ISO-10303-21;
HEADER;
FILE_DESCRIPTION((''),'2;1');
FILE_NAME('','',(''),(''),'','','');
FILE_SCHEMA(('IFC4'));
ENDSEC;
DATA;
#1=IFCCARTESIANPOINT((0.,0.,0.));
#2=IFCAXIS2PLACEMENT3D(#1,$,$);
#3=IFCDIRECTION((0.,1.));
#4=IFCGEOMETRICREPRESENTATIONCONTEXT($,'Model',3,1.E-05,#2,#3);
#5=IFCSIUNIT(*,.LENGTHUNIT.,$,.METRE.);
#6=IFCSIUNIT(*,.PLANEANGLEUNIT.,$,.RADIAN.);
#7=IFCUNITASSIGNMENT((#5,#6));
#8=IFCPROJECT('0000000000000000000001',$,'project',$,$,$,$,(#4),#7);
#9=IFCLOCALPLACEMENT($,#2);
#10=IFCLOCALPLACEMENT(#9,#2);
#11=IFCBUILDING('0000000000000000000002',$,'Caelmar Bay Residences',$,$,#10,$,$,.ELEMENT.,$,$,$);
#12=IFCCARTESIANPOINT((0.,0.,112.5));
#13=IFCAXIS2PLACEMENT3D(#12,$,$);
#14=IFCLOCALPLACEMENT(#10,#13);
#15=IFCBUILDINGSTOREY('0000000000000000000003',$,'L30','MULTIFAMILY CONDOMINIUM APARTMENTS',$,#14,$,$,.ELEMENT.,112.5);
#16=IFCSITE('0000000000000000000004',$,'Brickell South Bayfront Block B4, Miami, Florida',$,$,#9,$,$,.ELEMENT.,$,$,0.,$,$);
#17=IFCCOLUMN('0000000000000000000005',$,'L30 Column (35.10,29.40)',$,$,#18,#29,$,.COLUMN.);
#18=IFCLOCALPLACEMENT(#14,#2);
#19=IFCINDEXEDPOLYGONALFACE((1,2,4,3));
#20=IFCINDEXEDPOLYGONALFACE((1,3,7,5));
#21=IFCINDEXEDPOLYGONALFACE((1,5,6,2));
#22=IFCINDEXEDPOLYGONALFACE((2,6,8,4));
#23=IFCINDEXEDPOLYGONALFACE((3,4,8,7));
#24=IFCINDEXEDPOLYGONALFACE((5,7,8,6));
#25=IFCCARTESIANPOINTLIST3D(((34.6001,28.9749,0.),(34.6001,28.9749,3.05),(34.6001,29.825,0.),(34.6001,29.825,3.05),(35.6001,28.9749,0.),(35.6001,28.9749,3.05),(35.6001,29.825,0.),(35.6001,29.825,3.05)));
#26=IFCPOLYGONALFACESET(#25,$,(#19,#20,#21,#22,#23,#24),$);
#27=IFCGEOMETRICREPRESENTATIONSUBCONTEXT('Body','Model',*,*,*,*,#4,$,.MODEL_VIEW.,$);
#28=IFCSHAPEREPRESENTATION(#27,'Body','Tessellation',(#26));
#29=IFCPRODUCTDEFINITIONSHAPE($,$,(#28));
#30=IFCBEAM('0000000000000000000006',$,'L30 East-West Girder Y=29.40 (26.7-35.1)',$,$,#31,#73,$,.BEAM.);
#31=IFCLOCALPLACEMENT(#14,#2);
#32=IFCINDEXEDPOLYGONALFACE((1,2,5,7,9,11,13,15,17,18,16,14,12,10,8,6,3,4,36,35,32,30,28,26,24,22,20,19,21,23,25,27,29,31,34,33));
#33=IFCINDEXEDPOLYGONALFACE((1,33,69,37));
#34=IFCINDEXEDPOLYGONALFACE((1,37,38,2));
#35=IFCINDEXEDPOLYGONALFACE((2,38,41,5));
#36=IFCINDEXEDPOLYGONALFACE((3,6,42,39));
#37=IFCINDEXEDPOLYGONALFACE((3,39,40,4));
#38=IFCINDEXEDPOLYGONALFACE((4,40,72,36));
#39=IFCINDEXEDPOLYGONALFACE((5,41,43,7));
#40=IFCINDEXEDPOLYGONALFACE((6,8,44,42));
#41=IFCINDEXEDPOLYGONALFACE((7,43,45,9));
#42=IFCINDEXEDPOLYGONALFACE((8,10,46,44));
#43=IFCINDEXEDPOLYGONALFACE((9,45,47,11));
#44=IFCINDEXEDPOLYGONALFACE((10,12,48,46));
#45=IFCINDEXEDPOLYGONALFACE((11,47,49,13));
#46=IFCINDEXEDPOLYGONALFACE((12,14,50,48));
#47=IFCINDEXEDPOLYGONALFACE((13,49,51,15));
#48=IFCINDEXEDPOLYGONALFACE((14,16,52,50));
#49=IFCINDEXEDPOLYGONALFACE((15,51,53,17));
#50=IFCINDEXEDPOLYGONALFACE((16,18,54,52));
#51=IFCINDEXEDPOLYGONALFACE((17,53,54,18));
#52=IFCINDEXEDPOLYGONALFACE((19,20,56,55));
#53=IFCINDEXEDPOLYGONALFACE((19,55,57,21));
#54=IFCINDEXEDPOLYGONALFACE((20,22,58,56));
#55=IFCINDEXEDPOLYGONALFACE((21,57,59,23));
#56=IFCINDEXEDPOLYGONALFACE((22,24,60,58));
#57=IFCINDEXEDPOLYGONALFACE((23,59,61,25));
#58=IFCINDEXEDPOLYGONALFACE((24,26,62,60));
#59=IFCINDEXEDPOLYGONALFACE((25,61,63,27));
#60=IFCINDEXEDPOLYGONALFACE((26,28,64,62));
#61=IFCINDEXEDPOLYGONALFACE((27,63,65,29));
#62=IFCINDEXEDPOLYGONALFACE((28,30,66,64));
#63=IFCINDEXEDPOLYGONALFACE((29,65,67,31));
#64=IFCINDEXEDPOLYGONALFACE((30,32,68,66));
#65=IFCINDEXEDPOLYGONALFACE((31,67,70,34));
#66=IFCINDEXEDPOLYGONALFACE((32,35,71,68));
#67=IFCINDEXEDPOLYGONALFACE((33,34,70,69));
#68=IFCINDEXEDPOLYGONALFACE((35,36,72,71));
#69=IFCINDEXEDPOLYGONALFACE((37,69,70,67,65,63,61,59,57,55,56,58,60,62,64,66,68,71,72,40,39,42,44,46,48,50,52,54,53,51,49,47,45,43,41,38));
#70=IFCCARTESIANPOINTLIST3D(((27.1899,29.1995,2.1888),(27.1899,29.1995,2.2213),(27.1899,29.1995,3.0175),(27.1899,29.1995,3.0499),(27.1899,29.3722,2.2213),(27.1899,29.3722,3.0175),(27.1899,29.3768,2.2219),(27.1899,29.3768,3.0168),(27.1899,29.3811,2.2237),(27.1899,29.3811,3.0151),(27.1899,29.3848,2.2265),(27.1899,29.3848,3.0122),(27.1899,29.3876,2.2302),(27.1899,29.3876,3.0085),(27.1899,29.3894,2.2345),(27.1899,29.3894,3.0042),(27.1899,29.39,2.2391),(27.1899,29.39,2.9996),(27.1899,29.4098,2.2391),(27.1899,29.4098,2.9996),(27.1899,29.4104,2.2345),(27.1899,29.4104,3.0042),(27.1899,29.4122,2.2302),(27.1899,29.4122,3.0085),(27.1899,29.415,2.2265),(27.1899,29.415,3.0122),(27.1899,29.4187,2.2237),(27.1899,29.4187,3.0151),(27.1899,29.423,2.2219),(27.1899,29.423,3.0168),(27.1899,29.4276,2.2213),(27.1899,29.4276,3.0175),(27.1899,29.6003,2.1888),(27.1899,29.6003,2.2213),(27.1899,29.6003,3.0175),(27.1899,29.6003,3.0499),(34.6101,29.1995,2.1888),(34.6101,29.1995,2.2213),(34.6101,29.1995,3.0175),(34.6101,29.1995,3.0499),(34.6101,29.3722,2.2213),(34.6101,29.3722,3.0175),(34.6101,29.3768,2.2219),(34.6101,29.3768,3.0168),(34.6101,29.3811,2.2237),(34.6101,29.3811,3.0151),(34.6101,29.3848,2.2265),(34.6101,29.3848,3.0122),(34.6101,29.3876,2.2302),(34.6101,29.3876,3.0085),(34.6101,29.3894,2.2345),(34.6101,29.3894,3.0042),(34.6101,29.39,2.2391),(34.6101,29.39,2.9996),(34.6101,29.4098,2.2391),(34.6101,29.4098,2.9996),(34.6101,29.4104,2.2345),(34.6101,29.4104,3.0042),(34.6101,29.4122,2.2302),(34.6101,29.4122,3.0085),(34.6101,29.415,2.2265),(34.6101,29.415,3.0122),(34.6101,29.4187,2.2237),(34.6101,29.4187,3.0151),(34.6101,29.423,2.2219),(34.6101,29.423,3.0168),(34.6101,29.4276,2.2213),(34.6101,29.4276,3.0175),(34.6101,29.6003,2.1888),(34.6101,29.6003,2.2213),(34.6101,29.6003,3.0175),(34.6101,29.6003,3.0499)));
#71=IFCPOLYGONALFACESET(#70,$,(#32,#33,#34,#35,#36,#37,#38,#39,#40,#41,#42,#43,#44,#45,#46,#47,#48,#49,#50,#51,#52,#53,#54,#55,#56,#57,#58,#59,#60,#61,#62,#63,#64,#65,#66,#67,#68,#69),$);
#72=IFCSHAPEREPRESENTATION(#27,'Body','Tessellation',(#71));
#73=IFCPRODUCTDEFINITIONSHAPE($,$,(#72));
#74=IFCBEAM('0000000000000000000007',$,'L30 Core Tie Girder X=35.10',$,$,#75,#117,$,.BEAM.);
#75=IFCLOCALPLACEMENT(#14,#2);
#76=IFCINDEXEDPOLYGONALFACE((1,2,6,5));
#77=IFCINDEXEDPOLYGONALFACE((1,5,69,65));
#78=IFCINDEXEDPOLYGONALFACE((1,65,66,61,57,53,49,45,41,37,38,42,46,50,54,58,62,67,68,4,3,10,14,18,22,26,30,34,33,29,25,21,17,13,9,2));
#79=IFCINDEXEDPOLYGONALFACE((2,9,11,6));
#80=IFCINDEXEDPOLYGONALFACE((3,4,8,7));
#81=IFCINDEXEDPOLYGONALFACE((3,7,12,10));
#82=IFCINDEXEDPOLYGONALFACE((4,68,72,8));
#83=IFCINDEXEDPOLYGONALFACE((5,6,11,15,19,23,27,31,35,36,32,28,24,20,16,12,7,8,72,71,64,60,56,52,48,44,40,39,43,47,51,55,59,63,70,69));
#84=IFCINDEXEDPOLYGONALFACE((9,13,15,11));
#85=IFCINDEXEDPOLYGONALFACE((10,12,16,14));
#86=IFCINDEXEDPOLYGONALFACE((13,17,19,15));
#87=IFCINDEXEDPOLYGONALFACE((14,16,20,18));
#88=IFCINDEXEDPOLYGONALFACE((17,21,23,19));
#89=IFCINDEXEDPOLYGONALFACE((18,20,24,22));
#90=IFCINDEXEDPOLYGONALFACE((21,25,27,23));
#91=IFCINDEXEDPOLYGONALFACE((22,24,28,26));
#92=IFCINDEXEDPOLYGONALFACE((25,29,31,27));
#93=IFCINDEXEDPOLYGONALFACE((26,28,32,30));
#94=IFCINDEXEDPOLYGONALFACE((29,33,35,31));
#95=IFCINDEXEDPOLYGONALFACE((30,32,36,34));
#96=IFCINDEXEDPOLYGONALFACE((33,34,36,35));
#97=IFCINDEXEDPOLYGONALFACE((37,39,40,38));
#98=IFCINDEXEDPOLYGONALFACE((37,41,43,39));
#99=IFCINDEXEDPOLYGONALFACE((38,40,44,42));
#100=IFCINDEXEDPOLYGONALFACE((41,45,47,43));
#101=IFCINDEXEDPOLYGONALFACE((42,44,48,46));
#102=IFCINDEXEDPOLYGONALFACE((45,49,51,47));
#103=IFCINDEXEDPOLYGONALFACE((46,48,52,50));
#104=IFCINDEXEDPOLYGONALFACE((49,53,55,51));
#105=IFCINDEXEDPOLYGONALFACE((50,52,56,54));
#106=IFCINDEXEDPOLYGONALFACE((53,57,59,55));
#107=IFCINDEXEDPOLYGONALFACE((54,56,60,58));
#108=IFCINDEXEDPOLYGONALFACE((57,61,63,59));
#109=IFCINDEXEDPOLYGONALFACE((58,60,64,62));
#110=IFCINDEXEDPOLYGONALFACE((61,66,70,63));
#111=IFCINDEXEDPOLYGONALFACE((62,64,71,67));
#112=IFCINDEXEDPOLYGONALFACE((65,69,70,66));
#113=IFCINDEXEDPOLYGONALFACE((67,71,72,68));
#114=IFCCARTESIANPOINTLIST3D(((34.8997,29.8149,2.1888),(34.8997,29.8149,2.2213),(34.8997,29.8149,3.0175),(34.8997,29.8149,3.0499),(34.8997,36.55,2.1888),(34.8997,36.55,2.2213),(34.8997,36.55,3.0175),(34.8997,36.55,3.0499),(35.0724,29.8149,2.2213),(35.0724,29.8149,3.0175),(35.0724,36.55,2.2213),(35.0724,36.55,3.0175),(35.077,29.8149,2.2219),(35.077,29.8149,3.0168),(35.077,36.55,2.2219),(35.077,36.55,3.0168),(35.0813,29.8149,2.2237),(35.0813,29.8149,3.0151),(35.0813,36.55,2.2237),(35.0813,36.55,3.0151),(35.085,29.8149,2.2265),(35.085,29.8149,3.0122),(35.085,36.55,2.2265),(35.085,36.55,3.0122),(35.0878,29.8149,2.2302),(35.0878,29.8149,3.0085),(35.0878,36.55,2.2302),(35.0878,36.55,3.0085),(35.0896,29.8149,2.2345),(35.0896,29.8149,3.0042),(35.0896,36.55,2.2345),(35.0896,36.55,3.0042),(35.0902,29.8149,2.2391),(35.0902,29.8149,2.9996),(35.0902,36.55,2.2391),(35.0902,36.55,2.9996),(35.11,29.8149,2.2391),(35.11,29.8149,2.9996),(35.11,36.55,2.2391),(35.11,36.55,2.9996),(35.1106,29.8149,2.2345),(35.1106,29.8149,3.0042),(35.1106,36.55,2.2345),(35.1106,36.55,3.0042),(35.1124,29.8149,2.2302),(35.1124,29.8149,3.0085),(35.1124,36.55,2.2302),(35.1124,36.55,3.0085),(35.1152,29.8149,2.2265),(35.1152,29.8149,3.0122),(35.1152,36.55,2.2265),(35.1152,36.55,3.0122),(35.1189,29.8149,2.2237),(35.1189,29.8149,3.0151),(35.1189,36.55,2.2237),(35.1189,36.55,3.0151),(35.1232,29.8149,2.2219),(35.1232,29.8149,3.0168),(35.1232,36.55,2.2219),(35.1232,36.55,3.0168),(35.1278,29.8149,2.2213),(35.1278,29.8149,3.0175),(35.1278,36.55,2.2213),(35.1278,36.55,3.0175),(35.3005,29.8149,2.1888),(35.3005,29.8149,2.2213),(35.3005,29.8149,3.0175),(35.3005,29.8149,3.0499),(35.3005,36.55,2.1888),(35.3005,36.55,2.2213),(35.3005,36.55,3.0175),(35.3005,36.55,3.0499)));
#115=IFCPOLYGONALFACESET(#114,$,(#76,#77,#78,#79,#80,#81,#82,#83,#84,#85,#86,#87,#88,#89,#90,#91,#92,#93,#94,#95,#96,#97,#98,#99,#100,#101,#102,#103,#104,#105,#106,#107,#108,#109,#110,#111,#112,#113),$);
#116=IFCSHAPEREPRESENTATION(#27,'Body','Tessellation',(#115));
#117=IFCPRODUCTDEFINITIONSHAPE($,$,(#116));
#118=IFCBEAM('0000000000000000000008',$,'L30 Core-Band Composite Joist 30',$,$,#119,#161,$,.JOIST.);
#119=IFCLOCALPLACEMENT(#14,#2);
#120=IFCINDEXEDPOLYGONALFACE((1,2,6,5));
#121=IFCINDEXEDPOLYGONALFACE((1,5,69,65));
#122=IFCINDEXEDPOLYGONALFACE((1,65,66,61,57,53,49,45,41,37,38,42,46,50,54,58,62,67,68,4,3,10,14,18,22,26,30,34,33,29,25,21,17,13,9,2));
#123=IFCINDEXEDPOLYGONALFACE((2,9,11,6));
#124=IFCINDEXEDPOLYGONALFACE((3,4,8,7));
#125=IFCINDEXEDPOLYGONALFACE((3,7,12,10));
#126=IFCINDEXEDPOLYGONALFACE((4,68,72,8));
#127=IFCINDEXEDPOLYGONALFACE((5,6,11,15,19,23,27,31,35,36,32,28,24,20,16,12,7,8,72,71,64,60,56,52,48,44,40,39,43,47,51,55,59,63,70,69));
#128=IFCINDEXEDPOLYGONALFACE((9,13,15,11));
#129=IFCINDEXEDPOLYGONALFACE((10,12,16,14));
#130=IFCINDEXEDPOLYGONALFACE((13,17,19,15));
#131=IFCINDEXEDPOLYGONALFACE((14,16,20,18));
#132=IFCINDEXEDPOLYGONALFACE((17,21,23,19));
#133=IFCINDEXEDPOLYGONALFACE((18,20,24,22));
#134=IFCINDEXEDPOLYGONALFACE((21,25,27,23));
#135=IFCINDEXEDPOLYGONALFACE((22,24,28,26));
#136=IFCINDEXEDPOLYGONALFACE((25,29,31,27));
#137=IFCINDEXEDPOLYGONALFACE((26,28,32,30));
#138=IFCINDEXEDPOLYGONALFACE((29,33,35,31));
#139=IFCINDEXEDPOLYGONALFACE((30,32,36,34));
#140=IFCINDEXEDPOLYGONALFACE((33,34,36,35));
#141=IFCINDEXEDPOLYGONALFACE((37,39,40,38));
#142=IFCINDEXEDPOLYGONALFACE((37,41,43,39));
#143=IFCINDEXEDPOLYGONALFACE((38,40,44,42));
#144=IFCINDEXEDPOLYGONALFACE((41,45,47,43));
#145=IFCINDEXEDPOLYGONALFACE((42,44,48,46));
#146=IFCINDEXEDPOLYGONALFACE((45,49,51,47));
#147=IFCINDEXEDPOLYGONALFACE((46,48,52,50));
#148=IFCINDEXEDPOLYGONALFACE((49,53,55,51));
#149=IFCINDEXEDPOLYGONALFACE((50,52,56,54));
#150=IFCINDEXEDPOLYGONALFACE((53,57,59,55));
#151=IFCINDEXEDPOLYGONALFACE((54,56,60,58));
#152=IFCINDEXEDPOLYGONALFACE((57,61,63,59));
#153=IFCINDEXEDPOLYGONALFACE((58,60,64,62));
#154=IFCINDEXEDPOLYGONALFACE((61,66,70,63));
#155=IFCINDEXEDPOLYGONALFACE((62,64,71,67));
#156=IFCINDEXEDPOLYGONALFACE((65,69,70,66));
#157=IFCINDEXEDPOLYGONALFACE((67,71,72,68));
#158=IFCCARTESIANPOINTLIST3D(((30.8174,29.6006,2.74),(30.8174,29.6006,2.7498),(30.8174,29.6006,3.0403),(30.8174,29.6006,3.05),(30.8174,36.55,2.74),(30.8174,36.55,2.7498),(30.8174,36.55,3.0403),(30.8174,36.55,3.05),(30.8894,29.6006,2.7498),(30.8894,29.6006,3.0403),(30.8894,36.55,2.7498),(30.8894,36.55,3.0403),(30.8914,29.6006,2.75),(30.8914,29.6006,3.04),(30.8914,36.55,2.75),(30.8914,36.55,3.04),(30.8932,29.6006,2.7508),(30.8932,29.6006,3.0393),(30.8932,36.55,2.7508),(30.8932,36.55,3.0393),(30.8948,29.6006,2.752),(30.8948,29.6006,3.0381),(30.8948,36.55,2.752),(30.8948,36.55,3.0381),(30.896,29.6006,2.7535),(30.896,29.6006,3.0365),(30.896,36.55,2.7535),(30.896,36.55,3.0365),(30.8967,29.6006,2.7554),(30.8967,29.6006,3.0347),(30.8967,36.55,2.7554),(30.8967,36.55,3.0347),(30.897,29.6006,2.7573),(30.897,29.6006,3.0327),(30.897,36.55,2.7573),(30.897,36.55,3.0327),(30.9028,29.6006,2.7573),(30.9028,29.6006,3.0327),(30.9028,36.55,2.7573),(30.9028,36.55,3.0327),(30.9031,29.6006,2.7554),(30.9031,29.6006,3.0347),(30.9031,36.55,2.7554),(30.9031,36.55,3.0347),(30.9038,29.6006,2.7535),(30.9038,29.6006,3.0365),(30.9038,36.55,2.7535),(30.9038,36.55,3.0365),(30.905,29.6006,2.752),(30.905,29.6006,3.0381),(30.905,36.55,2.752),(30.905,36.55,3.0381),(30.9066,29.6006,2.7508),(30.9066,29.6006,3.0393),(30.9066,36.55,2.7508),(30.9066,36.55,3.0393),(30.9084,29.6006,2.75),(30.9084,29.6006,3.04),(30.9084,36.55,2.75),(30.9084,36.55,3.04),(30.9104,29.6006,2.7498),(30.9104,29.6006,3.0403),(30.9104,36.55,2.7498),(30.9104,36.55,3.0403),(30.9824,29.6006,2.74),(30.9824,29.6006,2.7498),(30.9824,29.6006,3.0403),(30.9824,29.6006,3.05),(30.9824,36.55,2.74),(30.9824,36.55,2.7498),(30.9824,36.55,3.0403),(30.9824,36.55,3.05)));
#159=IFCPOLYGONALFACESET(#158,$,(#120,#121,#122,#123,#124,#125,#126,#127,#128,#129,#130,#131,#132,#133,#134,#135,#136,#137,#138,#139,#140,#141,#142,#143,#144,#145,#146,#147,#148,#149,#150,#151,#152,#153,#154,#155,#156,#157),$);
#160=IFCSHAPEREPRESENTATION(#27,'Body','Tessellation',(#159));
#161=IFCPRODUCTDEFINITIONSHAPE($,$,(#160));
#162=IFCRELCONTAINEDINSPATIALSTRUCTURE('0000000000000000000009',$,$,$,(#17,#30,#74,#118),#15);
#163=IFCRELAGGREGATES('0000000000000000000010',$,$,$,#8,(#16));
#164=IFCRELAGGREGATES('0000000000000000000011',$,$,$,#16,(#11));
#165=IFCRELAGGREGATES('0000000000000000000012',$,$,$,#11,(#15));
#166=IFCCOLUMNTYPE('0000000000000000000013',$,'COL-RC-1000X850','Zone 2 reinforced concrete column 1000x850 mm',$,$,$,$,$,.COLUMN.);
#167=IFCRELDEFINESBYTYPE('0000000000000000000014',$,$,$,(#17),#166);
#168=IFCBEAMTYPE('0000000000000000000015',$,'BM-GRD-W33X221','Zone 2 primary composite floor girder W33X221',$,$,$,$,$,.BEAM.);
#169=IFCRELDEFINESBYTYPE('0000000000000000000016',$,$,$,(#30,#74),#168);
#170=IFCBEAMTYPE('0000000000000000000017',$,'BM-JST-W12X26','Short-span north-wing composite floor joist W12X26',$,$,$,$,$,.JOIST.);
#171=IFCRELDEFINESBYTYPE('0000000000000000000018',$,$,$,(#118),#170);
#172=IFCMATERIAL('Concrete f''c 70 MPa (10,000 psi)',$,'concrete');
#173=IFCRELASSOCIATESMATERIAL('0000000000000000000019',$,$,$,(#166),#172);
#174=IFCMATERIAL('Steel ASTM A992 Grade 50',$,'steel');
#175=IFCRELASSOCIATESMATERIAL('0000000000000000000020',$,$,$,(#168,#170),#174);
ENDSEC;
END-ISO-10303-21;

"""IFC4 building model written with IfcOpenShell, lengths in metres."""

from ifc_helpers import new_model, si_unit, direction, frame, origin, origin_2d, place, context, subcontext, project, spatial, rectangle, i_section, extrude, material, material_profile, profile_set, type_object, element, save


model = new_model("IFC4")

# Units and contexts
model_context = context("Model", 3, precision=1e-05, world=origin(), true_north=direction((0.0, 1.0)))
body_context = subcontext(model_context, "Body", "Model", "MODEL_VIEW")
ifc_project = project(units=[si_unit("LENGTHUNIT", "METRE"), si_unit("PLANEANGLEUNIT", "RADIAN")], contexts=[model_context])

# Site, building, storey
site_placement = place(None, origin())
site = spatial("IfcSite", under=ifc_project, at=site_placement, Name="Brickell South Bayfront Block B4, Miami, Florida", CompositionType="ELEMENT", RefElevation=0.0)
building_placement = place(site_placement, origin())
building = spatial("IfcBuilding", under=site, at=building_placement, Name="Caelmar Bay Residences", CompositionType="ELEMENT")
storey_placement = place(building_placement, frame((0.0, 0.0, 112.5)))
storey = spatial("IfcBuildingStorey", under=building, at=storey_placement, Name="L30", Description="MULTIFAMILY CONDOMINIUM APARTMENTS", CompositionType="ELEMENT", Elevation=112.5)

# Column
ifc_material_1 = material(Name="Concrete f'c 70 MPa (10,000 psi)", Category="concrete")
ifc_material_profile_1 = material_profile(ifc_material_1, rectangle(XDim=1.0, YDim=0.8501, at=origin_2d()), Name="RC-COL-1000X850")
ifc_profile_set_1 = profile_set([ifc_material_profile_1], Name="Concrete f'c 70 MPa (10,000 psi)")
column_type = type_object("IfcColumnType", Name="COL-RC-1000X850", Description="Zone 2 reinforced concrete column 1000x850 mm", PredefinedType="COLUMN", material=ifc_profile_set_1)
column_placement = place(storey_placement, frame((35.1001, 29.3999, 0.0), z_axis=(0.0, 0.0, 1.0), x_axis=(1.0, 0.0, 0.0)))
element("IfcColumn", 1, at=column_placement, inside=storey, type_object=column_type, Name="L30 Column (35.10,29.40)", PredefinedType="COLUMN", context=body_context, shape_type="SweptSolid", body=[
    extrude(rectangle(XDim=1.0, YDim=0.8501, at=origin_2d()), origin(), (0.0, 0.0, 1.0), 3.05),
])

# Beams
ifc_material_2 = material(Name="Steel ASTM A992 Grade 50", Category="steel")
ifc_material_profile_2 = material_profile(ifc_material_2, i_section(OverallWidth=0.4009, OverallDepth=0.8611, WebThickness=0.0198, FlangeThickness=0.0325, FilletRadius=0.0178, at=origin_2d()), Name="W33X221")
ifc_profile_set_2 = profile_set([ifc_material_profile_2], Name="Steel ASTM A992 Grade 50")
beam_type_1 = type_object("IfcBeamType", Name="BM-GRD-W33X221", Description="Zone 2 primary composite floor girder W33X221", PredefinedType="BEAM", material=ifc_profile_set_2)
beam_1_placement = place(storey_placement, frame((27.1899, 29.3999, 2.6194), z_axis=(1.0, 0.0, 0.0), x_axis=(0.0, 1.0, 0.0)))
element("IfcBeam", 2, at=beam_1_placement, inside=storey, type_object=beam_type_1, Name="L30 East-West Girder Y=29.40 (26.7-35.1)", PredefinedType="BEAM", context=body_context, shape_type="SweptSolid", body=[
    extrude(i_section(OverallWidth=0.4009, OverallDepth=0.8611, WebThickness=0.0198, FlangeThickness=0.0325, FilletRadius=0.0178, at=origin_2d()), origin(), (0.0, 0.0, 1.0), 7.4202),
])
beam_2_placement = place(storey_placement, frame((35.1001, 29.8149, 2.6194), z_axis=(0.0, 1.0, 0.0), x_axis=(-1.0, 0.0, 0.0)))
element("IfcBeam", 3, at=beam_2_placement, inside=storey, type_object=beam_type_1, Name="L30 Core Tie Girder X=35.10", PredefinedType="BEAM", context=body_context, shape_type="SweptSolid", body=[
    extrude(i_section(OverallWidth=0.4009, OverallDepth=0.8611, WebThickness=0.0198, FlangeThickness=0.0325, FilletRadius=0.0178, at=origin_2d()), origin(), (0.0, 0.0, 1.0), 6.7351),
])
ifc_material_profile_3 = material_profile(ifc_material_2, i_section(OverallWidth=0.165, OverallDepth=0.3101, WebThickness=0.0059, FlangeThickness=0.0098, FilletRadius=0.0076, at=origin_2d()), Name="W12X26")
ifc_profile_set_3 = profile_set([ifc_material_profile_3], Name="Steel ASTM A992 Grade 50")
beam_type_2 = type_object("IfcBeamType", Name="BM-JST-W12X26", Description="Short-span north-wing composite floor joist W12X26", PredefinedType="JOIST", material=ifc_profile_set_3)
beam_3_placement = place(storey_placement, frame((30.8999, 29.6006, 2.895), z_axis=(0.0, 1.0, 0.0), x_axis=(-1.0, 0.0, 0.0)))
element("IfcBeam", 4, at=beam_3_placement, inside=storey, type_object=beam_type_2, Name="L30 Core-Band Composite Joist 30", PredefinedType="JOIST", context=body_context, shape_type="SweptSolid", body=[
    extrude(i_section(OverallWidth=0.165, OverallDepth=0.3101, WebThickness=0.0059, FlangeThickness=0.0098, FilletRadius=0.0076, at=origin_2d()), origin(), (0.0, 0.0, 1.0), 6.9495),
])

save(model, "model.ifc")
